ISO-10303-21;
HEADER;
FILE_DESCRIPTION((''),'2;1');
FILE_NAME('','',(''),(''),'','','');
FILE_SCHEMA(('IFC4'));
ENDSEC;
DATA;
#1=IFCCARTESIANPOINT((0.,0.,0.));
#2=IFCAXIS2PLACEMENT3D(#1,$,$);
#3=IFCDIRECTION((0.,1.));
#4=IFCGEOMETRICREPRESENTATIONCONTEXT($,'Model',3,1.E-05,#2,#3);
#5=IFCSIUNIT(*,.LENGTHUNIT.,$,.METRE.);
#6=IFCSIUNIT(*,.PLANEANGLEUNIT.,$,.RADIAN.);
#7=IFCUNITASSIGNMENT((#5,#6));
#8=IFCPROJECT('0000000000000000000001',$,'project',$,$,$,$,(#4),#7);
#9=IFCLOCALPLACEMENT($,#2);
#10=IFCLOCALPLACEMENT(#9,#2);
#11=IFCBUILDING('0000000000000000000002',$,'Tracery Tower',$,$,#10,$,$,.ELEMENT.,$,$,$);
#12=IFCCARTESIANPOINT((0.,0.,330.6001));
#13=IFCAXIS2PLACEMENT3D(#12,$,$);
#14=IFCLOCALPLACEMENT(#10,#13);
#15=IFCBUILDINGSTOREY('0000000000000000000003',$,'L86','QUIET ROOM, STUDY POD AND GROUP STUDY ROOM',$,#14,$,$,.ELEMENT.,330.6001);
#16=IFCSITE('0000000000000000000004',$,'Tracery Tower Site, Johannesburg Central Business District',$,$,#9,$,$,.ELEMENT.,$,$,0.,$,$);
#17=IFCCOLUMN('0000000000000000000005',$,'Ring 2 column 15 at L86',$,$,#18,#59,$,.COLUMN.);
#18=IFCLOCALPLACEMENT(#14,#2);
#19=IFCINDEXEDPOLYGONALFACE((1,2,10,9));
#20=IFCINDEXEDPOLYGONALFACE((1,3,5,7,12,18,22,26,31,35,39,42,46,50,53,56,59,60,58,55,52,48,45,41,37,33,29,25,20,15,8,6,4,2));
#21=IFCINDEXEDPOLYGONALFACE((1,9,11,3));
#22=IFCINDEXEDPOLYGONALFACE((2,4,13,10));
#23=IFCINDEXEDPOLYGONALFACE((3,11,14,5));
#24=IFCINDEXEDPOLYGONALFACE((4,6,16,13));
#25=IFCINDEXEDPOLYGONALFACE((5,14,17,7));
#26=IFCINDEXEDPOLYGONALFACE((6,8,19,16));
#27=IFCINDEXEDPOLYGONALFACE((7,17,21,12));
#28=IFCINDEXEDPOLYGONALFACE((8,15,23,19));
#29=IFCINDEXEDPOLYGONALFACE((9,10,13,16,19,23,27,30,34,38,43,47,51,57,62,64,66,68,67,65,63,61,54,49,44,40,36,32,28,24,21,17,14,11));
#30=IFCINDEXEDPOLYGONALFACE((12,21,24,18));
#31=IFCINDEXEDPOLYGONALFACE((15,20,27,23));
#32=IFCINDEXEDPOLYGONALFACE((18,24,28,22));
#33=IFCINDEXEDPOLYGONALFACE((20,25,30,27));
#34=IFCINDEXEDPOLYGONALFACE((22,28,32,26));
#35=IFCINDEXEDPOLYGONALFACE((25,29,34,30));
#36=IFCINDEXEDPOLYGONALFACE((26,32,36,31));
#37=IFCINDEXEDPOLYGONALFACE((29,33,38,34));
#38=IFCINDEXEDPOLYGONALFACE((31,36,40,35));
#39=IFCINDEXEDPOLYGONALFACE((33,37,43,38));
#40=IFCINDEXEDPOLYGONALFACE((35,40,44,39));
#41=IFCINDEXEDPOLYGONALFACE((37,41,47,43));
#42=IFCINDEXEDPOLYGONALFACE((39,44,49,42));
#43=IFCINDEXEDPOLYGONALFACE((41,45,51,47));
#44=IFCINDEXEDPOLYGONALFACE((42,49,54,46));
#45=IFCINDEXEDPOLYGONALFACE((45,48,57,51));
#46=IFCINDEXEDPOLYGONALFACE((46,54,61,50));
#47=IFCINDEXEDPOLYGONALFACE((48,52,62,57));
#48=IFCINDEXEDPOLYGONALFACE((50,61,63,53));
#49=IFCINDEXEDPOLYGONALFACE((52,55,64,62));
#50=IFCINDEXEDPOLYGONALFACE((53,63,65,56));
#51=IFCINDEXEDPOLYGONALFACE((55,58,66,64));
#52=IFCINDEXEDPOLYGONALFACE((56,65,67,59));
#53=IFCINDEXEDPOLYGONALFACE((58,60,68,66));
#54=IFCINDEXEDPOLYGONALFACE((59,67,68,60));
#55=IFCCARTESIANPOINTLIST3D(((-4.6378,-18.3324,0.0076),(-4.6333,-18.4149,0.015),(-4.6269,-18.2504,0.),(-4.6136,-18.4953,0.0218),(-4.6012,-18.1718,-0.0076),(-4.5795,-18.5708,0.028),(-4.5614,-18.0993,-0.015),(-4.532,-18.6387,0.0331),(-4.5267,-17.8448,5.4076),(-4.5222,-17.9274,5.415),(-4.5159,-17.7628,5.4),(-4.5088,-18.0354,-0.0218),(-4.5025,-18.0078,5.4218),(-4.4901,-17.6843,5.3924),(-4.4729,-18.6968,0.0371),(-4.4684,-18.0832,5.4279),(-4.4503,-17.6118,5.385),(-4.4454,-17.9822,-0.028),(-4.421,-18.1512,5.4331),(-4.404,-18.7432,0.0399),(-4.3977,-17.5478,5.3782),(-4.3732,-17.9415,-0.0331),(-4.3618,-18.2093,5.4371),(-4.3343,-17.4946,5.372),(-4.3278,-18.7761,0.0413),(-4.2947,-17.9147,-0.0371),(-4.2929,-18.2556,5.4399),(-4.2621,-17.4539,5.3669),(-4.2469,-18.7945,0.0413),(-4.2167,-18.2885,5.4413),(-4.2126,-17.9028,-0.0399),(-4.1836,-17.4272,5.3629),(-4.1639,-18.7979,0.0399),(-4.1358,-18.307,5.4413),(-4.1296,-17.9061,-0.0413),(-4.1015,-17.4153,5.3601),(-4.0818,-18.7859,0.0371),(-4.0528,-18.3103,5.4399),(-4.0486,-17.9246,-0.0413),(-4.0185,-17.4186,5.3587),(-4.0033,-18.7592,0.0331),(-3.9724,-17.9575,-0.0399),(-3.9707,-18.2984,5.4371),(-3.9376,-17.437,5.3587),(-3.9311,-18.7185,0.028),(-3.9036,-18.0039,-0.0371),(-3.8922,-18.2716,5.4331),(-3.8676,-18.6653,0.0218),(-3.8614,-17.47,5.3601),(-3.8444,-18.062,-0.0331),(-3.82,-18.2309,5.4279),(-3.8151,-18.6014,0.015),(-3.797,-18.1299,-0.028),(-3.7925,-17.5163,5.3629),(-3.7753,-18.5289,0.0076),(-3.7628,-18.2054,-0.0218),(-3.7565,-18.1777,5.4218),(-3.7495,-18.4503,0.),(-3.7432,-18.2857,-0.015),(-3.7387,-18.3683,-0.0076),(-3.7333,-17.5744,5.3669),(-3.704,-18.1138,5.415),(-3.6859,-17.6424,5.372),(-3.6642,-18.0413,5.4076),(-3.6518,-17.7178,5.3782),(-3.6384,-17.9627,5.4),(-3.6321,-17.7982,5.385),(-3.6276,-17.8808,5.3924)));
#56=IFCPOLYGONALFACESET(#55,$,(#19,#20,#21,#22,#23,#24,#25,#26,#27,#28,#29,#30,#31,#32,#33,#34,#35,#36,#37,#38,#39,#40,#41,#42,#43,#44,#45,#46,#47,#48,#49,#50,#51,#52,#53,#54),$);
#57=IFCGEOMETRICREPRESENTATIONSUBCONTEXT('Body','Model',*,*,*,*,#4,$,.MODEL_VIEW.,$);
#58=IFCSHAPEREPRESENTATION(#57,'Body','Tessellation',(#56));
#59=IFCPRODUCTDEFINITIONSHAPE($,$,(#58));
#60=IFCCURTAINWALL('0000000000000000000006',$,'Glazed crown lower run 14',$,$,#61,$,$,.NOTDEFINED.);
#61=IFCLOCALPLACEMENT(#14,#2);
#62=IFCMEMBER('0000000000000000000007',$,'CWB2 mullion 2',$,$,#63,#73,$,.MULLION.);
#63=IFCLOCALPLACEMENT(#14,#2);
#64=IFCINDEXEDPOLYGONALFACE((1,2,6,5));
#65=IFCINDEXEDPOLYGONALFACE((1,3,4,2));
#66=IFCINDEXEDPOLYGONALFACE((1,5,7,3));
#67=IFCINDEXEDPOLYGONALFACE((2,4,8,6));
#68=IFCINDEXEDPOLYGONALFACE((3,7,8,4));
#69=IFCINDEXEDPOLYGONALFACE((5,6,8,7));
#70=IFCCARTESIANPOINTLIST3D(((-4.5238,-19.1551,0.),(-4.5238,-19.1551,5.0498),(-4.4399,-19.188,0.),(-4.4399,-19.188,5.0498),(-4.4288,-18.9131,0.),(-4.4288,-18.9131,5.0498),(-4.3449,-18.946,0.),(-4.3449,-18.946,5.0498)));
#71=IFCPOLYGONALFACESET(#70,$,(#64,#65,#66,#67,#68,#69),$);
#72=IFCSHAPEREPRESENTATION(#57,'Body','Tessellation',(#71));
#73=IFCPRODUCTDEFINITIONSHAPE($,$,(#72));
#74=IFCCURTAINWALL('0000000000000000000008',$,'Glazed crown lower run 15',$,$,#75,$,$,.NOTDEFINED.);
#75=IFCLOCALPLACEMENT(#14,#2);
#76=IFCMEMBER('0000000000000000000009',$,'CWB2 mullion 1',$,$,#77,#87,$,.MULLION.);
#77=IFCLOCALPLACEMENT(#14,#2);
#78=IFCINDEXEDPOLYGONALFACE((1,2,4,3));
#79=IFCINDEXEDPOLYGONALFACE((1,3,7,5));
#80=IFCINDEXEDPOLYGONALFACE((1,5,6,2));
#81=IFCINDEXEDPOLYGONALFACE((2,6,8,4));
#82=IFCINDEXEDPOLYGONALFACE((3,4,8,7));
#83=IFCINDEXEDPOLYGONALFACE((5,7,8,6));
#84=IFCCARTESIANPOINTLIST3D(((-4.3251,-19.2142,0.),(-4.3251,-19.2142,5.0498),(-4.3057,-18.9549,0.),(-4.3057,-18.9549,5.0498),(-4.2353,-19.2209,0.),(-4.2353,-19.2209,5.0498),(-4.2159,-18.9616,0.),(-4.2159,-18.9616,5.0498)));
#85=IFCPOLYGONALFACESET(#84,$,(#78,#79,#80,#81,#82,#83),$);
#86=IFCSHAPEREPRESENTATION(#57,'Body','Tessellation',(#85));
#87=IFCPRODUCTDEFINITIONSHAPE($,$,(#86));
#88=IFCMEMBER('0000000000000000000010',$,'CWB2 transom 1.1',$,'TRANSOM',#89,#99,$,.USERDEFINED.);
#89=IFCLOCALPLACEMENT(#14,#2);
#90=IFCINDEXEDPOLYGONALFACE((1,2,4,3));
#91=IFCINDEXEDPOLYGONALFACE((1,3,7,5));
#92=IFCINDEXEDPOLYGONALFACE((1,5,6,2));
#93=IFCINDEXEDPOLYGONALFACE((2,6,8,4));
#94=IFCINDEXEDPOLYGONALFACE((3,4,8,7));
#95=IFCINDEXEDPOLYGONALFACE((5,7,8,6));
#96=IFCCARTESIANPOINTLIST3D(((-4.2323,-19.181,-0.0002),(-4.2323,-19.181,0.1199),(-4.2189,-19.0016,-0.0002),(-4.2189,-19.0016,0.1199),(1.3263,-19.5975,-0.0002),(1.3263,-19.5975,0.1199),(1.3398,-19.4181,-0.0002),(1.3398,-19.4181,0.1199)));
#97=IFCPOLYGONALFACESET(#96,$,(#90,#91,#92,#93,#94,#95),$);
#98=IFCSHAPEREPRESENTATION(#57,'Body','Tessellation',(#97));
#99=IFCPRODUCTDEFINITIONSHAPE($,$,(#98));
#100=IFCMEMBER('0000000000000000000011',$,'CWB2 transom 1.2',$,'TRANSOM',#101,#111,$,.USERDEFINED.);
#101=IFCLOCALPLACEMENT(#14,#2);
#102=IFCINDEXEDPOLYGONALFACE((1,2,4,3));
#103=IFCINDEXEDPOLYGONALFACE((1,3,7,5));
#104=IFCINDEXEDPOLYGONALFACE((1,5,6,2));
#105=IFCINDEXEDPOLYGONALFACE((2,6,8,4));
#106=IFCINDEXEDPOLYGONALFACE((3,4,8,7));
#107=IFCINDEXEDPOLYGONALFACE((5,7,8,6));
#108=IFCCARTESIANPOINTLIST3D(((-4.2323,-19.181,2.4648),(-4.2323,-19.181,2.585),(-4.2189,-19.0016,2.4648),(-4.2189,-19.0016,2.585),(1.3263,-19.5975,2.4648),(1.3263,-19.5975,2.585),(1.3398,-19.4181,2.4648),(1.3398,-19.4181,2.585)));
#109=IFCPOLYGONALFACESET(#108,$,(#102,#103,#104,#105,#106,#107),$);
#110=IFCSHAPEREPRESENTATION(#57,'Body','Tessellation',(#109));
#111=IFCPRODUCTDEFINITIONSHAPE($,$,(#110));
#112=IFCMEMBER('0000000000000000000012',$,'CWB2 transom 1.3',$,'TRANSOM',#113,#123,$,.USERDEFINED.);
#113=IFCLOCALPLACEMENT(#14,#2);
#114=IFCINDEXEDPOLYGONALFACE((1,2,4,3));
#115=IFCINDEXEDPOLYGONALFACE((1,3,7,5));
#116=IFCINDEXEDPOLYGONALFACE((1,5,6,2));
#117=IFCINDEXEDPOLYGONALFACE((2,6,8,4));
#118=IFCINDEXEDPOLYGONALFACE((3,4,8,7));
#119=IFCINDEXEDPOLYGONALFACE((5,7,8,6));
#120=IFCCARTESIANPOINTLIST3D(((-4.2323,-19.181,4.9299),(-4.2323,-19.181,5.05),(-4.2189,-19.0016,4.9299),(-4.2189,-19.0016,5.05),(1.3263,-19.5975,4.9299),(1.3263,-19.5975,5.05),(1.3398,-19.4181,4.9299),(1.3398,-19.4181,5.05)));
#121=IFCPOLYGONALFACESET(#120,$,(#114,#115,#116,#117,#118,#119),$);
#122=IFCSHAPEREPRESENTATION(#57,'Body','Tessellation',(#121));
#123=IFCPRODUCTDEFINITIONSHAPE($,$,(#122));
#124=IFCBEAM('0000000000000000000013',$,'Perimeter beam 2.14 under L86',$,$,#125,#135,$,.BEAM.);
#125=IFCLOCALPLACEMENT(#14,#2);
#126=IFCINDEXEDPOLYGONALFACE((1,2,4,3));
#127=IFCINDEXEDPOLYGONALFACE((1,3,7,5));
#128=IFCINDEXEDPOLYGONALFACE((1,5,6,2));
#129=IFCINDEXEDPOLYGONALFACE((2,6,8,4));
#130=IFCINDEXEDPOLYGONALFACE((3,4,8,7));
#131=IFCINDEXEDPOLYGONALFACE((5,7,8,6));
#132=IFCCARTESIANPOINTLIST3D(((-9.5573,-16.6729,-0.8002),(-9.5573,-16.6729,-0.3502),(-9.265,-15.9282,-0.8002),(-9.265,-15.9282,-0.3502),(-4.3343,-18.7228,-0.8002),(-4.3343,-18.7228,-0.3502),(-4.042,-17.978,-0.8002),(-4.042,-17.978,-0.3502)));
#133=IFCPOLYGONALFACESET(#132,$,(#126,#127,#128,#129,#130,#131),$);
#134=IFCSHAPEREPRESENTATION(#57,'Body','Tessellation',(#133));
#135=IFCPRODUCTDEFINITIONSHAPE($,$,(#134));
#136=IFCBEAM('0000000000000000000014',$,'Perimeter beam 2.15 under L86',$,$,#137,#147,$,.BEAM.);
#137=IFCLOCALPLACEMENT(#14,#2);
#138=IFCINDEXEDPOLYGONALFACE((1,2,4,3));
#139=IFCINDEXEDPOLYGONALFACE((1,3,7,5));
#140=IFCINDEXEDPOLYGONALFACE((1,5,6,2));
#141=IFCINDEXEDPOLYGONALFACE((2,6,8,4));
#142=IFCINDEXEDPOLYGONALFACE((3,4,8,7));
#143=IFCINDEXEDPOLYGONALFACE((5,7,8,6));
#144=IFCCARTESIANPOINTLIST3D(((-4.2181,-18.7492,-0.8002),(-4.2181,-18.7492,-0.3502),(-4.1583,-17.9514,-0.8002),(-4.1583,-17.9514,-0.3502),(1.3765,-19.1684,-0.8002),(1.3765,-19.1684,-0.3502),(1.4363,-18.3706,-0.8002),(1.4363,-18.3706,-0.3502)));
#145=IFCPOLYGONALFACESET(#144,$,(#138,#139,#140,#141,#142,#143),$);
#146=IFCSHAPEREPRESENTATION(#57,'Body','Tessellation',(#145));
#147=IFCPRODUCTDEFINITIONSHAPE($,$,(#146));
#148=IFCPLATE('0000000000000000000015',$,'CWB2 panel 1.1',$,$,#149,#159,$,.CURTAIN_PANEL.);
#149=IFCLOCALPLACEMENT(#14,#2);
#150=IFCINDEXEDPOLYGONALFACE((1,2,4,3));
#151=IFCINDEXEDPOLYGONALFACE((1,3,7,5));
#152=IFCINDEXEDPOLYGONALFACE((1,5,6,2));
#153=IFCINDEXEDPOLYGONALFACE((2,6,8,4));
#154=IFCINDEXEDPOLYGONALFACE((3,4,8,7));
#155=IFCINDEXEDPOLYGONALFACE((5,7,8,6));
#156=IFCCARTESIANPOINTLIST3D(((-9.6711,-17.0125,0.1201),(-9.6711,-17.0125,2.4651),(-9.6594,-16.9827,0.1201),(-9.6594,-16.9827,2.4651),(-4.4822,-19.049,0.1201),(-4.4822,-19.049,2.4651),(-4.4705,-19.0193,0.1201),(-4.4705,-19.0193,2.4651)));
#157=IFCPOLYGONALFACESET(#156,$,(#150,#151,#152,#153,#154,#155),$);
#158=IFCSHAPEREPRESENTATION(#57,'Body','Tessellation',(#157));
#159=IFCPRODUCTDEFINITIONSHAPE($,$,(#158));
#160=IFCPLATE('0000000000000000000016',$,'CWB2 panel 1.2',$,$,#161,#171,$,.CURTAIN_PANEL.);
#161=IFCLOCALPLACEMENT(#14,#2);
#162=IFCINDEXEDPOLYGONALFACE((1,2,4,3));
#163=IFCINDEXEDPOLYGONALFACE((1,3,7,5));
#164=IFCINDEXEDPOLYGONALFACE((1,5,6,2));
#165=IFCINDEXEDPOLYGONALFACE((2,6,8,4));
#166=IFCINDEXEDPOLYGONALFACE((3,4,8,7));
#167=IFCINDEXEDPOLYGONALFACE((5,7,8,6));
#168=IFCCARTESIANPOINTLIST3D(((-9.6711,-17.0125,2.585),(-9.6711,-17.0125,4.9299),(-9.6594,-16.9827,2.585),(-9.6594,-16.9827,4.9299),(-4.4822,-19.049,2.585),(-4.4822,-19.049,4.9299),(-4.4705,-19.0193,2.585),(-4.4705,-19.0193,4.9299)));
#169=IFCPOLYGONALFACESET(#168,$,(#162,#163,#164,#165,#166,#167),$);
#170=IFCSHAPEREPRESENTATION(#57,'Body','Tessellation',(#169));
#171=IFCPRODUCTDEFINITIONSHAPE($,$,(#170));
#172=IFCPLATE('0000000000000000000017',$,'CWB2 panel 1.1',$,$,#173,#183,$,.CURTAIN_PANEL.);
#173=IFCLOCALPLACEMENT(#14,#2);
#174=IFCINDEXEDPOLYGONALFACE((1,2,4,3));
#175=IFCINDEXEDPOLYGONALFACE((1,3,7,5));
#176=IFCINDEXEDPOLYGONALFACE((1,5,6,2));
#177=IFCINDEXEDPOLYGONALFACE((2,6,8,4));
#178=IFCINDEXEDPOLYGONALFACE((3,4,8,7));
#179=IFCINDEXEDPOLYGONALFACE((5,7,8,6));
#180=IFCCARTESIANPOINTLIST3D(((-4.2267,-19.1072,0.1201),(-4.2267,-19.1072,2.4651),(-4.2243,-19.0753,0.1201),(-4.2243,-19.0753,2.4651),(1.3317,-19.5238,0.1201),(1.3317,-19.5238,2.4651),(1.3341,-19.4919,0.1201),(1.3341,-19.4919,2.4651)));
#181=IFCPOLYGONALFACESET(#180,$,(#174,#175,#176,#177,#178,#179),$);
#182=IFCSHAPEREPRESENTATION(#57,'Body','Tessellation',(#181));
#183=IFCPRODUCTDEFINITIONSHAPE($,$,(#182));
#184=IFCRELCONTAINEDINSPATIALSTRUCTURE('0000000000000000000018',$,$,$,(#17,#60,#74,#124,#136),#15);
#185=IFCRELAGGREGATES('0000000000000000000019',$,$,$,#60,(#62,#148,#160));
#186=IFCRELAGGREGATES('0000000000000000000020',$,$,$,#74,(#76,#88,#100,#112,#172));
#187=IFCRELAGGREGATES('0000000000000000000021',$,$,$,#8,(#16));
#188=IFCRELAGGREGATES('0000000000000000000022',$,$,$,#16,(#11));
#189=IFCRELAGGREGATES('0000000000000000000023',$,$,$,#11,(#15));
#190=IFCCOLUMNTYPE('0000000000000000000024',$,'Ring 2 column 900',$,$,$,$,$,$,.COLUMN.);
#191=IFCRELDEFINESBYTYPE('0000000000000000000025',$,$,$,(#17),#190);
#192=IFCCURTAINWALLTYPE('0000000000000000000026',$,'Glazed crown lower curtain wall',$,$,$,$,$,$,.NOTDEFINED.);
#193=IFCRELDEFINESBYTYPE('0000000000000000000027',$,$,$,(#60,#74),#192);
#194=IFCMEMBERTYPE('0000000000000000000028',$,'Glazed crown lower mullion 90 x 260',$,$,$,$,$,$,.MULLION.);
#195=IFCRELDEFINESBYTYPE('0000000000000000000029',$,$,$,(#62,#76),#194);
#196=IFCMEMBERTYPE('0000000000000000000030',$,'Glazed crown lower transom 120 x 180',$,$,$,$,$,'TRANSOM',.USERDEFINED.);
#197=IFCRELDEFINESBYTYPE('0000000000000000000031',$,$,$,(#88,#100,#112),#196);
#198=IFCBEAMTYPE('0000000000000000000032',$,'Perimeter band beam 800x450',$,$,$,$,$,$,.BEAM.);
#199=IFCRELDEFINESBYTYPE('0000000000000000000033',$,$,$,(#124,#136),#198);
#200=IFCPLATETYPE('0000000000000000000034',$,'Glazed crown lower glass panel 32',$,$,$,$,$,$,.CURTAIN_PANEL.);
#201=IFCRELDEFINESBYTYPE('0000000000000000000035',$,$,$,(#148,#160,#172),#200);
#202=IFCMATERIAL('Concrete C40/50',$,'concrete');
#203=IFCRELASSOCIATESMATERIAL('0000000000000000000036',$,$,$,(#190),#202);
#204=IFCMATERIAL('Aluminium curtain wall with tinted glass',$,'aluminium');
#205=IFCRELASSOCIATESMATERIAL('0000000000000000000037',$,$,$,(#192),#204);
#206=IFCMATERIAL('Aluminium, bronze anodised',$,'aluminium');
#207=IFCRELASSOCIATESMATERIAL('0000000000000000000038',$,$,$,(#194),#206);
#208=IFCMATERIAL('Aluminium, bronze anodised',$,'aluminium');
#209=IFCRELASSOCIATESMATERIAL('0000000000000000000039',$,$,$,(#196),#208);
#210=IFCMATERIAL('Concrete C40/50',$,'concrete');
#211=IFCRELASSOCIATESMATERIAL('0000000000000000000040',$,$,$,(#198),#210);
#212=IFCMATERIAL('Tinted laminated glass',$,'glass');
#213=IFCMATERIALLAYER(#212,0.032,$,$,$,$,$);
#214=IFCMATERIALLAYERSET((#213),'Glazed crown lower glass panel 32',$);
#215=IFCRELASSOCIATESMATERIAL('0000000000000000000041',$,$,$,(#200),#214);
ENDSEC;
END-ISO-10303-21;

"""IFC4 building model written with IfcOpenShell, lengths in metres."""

from ifc_helpers import new_model, si_unit, direction, frame, origin, origin_2d, place, context, subcontext, project, spatial, rectangle, circle, extrude, material, layer, layer_set, material_profile, profile_set, type_object, element, aggregate, save


model = new_model("IFC4")

# Units and contexts
model_context = context("Model", 3, precision=1e-05, world=origin(), true_north=direction((0.0, 1.0)))
body_context = subcontext(model_context, "Body", "Model", "MODEL_VIEW")
ifc_project = project(units=[si_unit("LENGTHUNIT", "METRE"), si_unit("PLANEANGLEUNIT", "RADIAN")], contexts=[model_context])

# Site, building, storey
site_placement = place(None, origin())
site = spatial("IfcSite", under=ifc_project, at=site_placement, Name="Tracery Tower Site, Johannesburg Central Business District", CompositionType="ELEMENT", RefElevation=0.0)
building_placement = place(site_placement, origin())
building = spatial("IfcBuilding", under=site, at=building_placement, Name="Tracery Tower", CompositionType="ELEMENT")
storey_placement = place(building_placement, frame((0.0, 0.0, 330.6001)))
storey = spatial("IfcBuildingStorey", under=building, at=storey_placement, Name="L86", Description="QUIET ROOM, STUDY POD AND GROUP STUDY ROOM", CompositionType="ELEMENT", Elevation=330.6001)

# Column
ifc_material_1 = material(Name="Concrete C40/50", Category="concrete")
ifc_material_profile_1 = material_profile(ifc_material_1, circle(Radius=0.45, at=origin_2d()), Name="RC D900")
ifc_profile_set_1 = profile_set([ifc_material_profile_1], Name="Concrete C40/50")
column_type = type_object("IfcColumnType", Name="Ring 2 column 900", PredefinedType="COLUMN", material=ifc_profile_set_1)
column_placement = place(storey_placement, frame((-4.1882, -18.3503, 0.0), z_axis=(0.020484, 0.089904, 0.99574), x_axis=(-0.975013, 0.222149, 0.0)))
element("IfcColumn", 1, at=column_placement, inside=storey, type_object=column_type, Name="Ring 2 column 15 at L86", PredefinedType="COLUMN", context=body_context, shape_type="SweptSolid", body=[
    extrude(circle(Radius=0.45, at=origin_2d()), origin(), (0.0, 0.0, 1.0), 5.4231),
])

# Curtain wall, member
ifc_material_2 = material(Name="Aluminium curtain wall with tinted glass", Category="aluminium")
curtain_wall_type = type_object("IfcCurtainWallType", Name="Glazed crown lower curtain wall", PredefinedType="NOTDEFINED", material=ifc_material_2)
curtain_wall_1_placement = place(storey_placement, origin())
curtain_wall_1 = element("IfcCurtainWall", 2, at=curtain_wall_1_placement, inside=storey, type_object=curtain_wall_type, Name="Glazed crown lower run 14", PredefinedType="NOTDEFINED")
ifc_material_3 = material(Name="Aluminium, bronze anodised", Category="aluminium")
ifc_material_profile_2 = material_profile(ifc_material_3, rectangle(XDim=0.26, YDim=0.0901, at=origin_2d()), Name="Glazed crown lower mullion 90 x 260")
ifc_profile_set_2 = profile_set([ifc_material_profile_2], Name="Aluminium, bronze anodised")
member_type_1 = type_object("IfcMemberType", Name="Glazed crown lower mullion 90 x 260", PredefinedType="MULLION", material=ifc_profile_set_2)
member_1_placement = place(storey_placement, frame((-4.4343, -19.0505, 0.0), z_axis=(0.0, 0.0, 1.0), x_axis=(0.365351, 0.93087, 0.0)))
member_1 = element("IfcMember", 3, at=member_1_placement, type_object=member_type_1, Name="CWB2 mullion 2", PredefinedType="MULLION", context=body_context, shape_type="SweptSolid", body=[
    extrude(rectangle(XDim=0.26, YDim=0.0901, at=origin_2d()), origin(), (0.0, 0.0, 1.0), 5.0498),
])

# Curtain wall, members
curtain_wall_2_placement = place(storey_placement, origin())
curtain_wall_2 = element("IfcCurtainWall", 4, at=curtain_wall_2_placement, inside=storey, type_object=curtain_wall_type, Name="Glazed crown lower run 15", PredefinedType="NOTDEFINED")
member_2_placement = place(storey_placement, frame((-4.2705, -19.0879, 0.0), z_axis=(0.0, 0.0, 1.0), x_axis=(0.074729, 0.997204, 0.0)))
member_2 = element("IfcMember", 5, at=member_2_placement, type_object=member_type_1, Name="CWB2 mullion 1", PredefinedType="MULLION", context=body_context, shape_type="SweptSolid", body=[
    extrude(rectangle(XDim=0.26, YDim=0.0901, at=origin_2d()), origin(), (0.0, 0.0, 1.0), 5.0498),
])
ifc_material_4 = material(Name="Aluminium, bronze anodised", Category="aluminium")
ifc_material_profile_3 = material_profile(ifc_material_4, rectangle(XDim=0.1799, YDim=0.1201, at=origin_2d()), Name="Glazed crown lower transom 120 x 180")
ifc_profile_set_3 = profile_set([ifc_material_profile_3], Name="Aluminium, bronze anodised")
member_type_2 = type_object("IfcMemberType", Name="Glazed crown lower transom 120 x 180", ElementType="TRANSOM", PredefinedType="USERDEFINED", material=ifc_profile_set_3)
member_3_placement = place(storey_placement, frame((-4.2256, -19.0913, 0.0598), z_axis=(0.997205, -0.07472, 0.0), x_axis=(0.07472, 0.997205, 0.0)))
member_3 = element("IfcMember", 6, at=member_3_placement, type_object=member_type_2, Name="CWB2 transom 1.1", ObjectType="TRANSOM", PredefinedType="USERDEFINED", context=body_context, shape_type="SweptSolid", body=[
    extrude(rectangle(XDim=0.1799, YDim=0.1201, at=origin_2d()), origin(), (0.0, 0.0, 1.0), 5.5742),
])
member_4_placement = place(storey_placement, frame((-4.2256, -19.0913, 2.5249), z_axis=(0.997205, -0.07472, 0.0), x_axis=(0.07472, 0.997205, 0.0)))
member_4 = element("IfcMember", 7, at=member_4_placement, type_object=member_type_2, Name="CWB2 transom 1.2", ObjectType="TRANSOM", PredefinedType="USERDEFINED", context=body_context, shape_type="SweptSolid", body=[
    extrude(rectangle(XDim=0.1799, YDim=0.1201, at=origin_2d()), origin(), (0.0, 0.0, 1.0), 5.5742),
])
member_5_placement = place(storey_placement, frame((-4.2256, -19.0913, 4.99), z_axis=(0.997205, -0.07472, 0.0), x_axis=(0.07472, 0.997205, 0.0)))
member_5 = element("IfcMember", 8, at=member_5_placement, type_object=member_type_2, Name="CWB2 transom 1.3", ObjectType="TRANSOM", PredefinedType="USERDEFINED", context=body_context, shape_type="SweptSolid", body=[
    extrude(rectangle(XDim=0.1799, YDim=0.1201, at=origin_2d()), origin(), (0.0, 0.0, 1.0), 5.5742),
])

# Beams
ifc_material_5 = material(Name="Concrete C40/50", Category="concrete")
ifc_material_profile_4 = material_profile(ifc_material_5, rectangle(XDim=0.8, YDim=0.45, at=origin_2d()), Name="RC 800x450")
ifc_profile_set_4 = profile_set([ifc_material_profile_4], Name="Concrete C40/50")
beam_type = type_object("IfcBeamType", Name="Perimeter band beam 800x450", PredefinedType="BEAM", material=ifc_profile_set_4)
beam_1_placement = place(storey_placement, frame((-9.4111, -16.3005, -0.5752), z_axis=(0.930876, -0.365336, 0.0), x_axis=(0.365336, 0.930876, 0.0)))
element("IfcBeam", 9, at=beam_1_placement, inside=storey, type_object=beam_type, Name="Perimeter beam 2.14 under L86", PredefinedType="BEAM", context=body_context, shape_type="SweptSolid", body=[
    extrude(rectangle(XDim=0.8, YDim=0.45, at=origin_2d()), origin(), (0.0, 0.0, 1.0), 5.6108),
])
beam_2_placement = place(storey_placement, frame((-4.1882, -18.3503, -0.5752), z_axis=(0.997205, -0.074716, 0.0), x_axis=(0.074716, 0.997205, 0.0)))
element("IfcBeam", 10, at=beam_2_placement, inside=storey, type_object=beam_type, Name="Perimeter beam 2.15 under L86", PredefinedType="BEAM", context=body_context, shape_type="SweptSolid", body=[
    extrude(rectangle(XDim=0.8, YDim=0.45, at=origin_2d()), origin(), (0.0, 0.0, 1.0), 5.6104),
])

# Plates
ifc_material_6 = material(Name="Tinted laminated glass", Category="glass")
ifc_layer_1 = layer(ifc_material_6, 0.032)
ifc_layer_set_1 = layer_set([ifc_layer_1], Name="Glazed crown lower glass panel 32")
plate_type = type_object("IfcPlateType", Name="Glazed crown lower glass panel 32", PredefinedType="CURTAIN_PANEL", material=ifc_layer_set_1)
plate_1_placement = place(storey_placement, frame((-7.0708, -18.0159, 0.1201), z_axis=(0.0, 0.0, 1.0), x_axis=(0.93087, -0.365351, 0.0)))
plate_1 = element("IfcPlate", 11, at=plate_1_placement, type_object=plate_type, Name="CWB2 panel 1.1", PredefinedType="CURTAIN_PANEL", context=body_context, shape_type="SweptSolid", body=[
    extrude(rectangle(XDim=5.5742, YDim=0.032, at=origin_2d()), origin(), (0.0, 0.0, 1.0), 2.345),
])
plate_2_placement = place(storey_placement, frame((-7.0708, -18.0159, 2.585), z_axis=(0.0, 0.0, 1.0), x_axis=(0.93087, -0.365351, 0.0)))
plate_2 = element("IfcPlate", 12, at=plate_2_placement, type_object=plate_type, Name="CWB2 panel 1.2", PredefinedType="CURTAIN_PANEL", context=body_context, shape_type="SweptSolid", body=[
    extrude(rectangle(XDim=5.5742, YDim=0.032, at=origin_2d()), origin(), (0.0, 0.0, 1.0), 2.345),
])
aggregate(curtain_wall_1, [member_1, plate_1, plate_2])
plate_3_placement = place(storey_placement, frame((-1.4463, -19.2996, 0.1201), z_axis=(0.0, 0.0, 1.0), x_axis=(0.997204, -0.074729, 0.0)))
plate_3 = element("IfcPlate", 13, at=plate_3_placement, type_object=plate_type, Name="CWB2 panel 1.1", PredefinedType="CURTAIN_PANEL", context=body_context, shape_type="SweptSolid", body=[
    extrude(rectangle(XDim=5.574, YDim=0.032, at=origin_2d()), origin(), (0.0, 0.0, 1.0), 2.345),
])
aggregate(curtain_wall_2, [member_2, member_3, member_4, member_5, plate_3])

save(model, "model.ifc")
